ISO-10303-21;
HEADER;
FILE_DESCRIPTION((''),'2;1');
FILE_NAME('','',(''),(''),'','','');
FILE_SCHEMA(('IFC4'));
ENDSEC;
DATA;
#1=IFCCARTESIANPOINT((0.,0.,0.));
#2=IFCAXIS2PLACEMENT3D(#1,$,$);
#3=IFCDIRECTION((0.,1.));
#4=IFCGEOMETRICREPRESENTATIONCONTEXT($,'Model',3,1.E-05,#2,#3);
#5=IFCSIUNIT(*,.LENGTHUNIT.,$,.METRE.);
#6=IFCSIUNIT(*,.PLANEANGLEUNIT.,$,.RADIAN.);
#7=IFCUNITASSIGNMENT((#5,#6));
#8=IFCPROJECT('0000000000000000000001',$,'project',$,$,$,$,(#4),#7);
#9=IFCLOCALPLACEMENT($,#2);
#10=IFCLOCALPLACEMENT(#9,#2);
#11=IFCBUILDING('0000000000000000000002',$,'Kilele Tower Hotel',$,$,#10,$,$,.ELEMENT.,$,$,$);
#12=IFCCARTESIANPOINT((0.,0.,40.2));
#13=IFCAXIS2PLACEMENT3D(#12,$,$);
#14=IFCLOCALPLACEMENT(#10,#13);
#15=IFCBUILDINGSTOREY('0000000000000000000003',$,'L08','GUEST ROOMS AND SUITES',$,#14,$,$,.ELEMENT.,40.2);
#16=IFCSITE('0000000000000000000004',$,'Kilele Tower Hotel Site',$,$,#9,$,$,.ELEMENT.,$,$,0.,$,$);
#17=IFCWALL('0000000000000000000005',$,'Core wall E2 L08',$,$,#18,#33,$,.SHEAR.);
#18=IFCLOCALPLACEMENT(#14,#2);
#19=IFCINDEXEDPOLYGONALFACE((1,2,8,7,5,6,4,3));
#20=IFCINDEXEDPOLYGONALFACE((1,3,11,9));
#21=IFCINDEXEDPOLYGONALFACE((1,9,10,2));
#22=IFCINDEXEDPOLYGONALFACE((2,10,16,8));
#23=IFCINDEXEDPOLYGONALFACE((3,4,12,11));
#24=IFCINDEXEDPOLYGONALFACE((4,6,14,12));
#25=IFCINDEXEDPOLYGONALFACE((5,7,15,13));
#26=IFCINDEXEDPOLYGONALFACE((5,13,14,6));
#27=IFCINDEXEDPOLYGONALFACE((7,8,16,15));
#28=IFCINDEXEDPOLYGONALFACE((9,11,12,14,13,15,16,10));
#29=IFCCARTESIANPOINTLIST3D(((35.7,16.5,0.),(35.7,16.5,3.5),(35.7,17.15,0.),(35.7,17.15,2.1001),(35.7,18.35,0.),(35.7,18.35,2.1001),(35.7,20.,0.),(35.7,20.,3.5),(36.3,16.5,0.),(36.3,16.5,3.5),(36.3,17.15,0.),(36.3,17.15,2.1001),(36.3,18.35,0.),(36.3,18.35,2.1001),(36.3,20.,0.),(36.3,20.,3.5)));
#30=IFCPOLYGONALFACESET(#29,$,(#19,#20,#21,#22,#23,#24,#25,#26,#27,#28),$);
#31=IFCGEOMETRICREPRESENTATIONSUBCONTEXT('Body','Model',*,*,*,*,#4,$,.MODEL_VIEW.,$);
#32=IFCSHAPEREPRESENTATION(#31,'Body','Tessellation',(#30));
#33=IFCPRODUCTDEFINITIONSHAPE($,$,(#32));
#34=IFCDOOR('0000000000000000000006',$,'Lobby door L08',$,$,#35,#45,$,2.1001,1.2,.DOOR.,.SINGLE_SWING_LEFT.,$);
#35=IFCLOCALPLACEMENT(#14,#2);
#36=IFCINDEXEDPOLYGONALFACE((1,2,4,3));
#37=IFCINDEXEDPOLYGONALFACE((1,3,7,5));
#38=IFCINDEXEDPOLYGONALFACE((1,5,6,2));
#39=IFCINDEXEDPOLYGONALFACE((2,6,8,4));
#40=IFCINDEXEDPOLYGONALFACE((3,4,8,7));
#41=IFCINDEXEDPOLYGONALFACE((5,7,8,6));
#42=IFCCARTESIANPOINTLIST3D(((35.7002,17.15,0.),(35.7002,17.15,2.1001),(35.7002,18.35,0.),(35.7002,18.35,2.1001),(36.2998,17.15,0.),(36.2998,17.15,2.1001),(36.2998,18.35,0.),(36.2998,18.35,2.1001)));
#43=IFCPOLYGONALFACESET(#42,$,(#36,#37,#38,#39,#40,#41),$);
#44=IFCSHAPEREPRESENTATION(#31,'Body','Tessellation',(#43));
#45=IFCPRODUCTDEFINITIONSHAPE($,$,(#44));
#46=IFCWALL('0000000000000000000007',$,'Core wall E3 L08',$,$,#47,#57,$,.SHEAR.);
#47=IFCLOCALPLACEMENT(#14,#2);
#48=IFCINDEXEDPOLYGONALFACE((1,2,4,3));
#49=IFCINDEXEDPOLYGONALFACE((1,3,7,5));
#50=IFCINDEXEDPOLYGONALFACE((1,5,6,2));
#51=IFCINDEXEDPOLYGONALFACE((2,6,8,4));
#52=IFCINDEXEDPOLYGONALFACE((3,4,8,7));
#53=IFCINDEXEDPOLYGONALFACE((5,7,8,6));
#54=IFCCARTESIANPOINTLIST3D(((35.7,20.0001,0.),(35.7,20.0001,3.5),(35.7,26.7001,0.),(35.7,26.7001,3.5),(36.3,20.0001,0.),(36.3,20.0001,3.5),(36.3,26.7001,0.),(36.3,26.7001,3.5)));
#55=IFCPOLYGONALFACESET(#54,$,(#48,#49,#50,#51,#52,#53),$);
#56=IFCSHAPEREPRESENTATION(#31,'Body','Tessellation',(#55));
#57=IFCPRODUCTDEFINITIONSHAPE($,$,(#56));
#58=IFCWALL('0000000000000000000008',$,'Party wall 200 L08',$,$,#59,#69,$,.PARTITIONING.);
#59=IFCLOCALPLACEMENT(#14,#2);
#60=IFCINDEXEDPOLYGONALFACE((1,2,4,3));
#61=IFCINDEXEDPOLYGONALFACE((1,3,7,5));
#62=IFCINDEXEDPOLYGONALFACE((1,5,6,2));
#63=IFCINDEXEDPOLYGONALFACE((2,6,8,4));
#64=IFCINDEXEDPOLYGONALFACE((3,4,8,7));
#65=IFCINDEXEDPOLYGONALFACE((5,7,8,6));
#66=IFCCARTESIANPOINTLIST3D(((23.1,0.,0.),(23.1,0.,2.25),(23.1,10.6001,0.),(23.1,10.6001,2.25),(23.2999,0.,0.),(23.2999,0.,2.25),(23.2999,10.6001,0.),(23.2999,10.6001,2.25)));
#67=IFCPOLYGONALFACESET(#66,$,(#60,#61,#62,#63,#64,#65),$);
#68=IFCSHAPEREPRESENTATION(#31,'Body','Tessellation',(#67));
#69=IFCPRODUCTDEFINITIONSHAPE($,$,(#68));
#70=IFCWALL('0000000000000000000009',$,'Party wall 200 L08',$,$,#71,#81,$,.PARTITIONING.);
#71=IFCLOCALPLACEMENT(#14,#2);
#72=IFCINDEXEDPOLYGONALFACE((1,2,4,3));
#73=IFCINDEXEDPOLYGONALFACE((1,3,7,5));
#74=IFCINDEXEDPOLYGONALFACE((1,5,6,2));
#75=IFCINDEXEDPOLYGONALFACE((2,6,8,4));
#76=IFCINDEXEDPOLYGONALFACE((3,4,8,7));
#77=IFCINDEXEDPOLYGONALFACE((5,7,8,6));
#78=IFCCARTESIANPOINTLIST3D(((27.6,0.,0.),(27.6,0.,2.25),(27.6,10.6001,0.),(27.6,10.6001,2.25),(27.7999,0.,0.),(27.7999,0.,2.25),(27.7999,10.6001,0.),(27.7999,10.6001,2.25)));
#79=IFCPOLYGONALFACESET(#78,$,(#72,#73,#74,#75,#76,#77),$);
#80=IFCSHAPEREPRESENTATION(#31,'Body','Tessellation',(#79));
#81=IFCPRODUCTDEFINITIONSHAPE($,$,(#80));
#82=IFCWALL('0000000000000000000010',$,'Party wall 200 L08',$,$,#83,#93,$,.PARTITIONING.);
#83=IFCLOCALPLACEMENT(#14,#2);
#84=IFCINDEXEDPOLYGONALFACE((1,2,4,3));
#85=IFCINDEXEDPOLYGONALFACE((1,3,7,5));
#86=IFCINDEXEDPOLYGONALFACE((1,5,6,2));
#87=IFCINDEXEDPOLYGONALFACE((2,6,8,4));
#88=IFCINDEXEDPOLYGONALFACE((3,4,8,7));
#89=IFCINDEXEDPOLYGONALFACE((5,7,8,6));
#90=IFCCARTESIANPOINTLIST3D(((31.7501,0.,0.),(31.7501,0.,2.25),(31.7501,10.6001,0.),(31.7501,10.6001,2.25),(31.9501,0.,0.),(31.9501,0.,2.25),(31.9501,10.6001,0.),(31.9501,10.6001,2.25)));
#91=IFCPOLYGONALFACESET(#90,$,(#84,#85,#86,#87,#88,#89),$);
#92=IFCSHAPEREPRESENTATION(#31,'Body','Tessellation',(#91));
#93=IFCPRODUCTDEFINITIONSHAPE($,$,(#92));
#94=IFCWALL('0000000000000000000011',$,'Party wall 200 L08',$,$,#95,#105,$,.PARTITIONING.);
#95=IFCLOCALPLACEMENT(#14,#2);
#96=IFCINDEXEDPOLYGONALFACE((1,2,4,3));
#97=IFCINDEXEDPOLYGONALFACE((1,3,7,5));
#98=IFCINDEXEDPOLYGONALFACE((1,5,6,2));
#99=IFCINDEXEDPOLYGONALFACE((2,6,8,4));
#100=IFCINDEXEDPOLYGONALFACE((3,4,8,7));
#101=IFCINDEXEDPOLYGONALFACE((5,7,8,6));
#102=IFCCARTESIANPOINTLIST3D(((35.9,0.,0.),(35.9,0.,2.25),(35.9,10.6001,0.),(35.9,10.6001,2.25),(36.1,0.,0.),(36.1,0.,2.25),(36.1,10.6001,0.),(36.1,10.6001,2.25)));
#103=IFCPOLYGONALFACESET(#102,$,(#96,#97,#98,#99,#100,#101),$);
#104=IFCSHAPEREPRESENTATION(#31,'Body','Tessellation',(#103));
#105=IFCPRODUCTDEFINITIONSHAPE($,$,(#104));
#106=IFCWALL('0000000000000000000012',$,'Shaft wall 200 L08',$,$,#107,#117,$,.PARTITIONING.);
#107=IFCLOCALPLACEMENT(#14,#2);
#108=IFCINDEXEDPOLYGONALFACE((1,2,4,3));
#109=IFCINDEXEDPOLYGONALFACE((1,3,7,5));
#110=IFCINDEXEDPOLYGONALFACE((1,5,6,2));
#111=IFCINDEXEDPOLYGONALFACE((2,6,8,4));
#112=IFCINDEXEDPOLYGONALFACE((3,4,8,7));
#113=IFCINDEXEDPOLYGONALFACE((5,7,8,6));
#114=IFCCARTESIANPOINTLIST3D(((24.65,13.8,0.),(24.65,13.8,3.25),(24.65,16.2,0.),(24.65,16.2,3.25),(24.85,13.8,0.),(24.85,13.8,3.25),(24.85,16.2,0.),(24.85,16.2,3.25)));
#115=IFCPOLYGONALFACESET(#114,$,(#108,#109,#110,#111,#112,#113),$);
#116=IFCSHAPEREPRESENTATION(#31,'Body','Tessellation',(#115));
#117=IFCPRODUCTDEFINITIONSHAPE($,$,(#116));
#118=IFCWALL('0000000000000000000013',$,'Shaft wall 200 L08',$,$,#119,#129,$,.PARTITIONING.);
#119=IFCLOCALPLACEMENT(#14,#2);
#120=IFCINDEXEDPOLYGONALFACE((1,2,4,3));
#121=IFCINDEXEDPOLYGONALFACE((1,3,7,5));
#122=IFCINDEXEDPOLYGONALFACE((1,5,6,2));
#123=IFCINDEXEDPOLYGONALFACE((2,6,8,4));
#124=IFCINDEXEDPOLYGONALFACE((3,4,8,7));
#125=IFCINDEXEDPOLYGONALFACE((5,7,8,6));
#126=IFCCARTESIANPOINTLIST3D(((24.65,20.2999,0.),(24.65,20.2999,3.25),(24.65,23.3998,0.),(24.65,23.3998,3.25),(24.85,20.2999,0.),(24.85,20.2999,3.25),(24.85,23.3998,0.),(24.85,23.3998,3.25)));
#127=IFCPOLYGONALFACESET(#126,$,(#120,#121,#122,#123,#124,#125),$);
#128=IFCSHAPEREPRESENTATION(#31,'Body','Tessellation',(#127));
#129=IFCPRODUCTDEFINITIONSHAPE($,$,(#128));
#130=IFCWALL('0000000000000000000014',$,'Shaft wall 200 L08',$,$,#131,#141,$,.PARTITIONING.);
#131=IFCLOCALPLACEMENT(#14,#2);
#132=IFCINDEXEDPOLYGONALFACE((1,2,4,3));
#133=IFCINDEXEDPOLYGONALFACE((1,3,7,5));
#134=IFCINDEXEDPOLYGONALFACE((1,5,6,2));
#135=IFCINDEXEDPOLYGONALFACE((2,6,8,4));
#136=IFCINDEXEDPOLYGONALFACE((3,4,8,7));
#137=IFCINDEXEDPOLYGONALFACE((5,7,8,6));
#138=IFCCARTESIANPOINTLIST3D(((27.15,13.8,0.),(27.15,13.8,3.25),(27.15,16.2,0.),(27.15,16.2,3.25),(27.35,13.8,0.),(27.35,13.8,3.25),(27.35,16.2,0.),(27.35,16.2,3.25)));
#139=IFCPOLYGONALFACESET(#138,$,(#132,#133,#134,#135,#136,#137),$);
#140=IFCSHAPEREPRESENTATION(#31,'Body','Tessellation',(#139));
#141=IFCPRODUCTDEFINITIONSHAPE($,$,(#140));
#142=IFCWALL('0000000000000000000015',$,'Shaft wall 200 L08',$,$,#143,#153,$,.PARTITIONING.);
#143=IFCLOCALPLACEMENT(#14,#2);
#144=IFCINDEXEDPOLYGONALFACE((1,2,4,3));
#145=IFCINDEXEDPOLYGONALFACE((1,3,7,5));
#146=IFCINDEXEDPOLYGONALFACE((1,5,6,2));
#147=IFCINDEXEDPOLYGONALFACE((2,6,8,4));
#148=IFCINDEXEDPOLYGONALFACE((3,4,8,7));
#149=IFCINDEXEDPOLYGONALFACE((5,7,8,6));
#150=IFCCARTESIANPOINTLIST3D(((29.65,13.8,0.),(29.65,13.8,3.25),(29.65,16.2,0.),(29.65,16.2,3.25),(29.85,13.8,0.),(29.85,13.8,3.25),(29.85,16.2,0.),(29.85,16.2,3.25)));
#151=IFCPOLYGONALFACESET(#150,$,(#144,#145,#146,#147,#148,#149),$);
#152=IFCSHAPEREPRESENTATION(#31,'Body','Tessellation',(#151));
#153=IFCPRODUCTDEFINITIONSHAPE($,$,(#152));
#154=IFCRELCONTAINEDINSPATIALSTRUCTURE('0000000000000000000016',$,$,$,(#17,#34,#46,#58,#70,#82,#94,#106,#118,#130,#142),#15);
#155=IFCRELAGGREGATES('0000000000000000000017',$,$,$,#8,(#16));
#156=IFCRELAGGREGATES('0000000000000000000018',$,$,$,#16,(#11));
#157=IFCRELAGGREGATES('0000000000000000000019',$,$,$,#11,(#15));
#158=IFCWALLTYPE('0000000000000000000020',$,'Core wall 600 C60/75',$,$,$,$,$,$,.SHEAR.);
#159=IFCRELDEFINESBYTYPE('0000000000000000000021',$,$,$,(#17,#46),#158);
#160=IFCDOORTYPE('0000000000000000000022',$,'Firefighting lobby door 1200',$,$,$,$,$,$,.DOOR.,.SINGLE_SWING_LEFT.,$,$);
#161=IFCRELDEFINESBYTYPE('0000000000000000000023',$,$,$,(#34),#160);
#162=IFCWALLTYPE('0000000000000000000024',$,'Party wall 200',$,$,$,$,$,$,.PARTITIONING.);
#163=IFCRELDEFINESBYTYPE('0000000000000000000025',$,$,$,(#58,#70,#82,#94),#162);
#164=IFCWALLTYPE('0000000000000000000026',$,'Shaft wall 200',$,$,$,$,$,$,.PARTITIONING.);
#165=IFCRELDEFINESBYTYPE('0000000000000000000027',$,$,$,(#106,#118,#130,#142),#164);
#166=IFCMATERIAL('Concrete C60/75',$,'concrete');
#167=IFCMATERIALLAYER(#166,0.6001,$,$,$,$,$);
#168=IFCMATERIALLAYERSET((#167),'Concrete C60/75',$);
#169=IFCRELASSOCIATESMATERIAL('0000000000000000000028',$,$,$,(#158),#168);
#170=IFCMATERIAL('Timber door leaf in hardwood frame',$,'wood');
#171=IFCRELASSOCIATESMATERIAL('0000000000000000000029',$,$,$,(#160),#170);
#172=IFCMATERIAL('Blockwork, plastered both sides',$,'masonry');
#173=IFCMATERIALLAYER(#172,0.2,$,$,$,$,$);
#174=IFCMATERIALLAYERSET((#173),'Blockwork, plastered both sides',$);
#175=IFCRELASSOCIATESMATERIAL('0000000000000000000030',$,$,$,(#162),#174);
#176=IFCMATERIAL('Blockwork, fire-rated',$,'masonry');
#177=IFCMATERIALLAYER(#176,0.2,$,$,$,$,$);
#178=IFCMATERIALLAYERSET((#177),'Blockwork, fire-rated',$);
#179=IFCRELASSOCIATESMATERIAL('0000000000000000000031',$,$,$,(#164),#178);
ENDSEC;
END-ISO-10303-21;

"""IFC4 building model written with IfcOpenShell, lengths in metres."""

from ifc_helpers import new_model, si_unit, direction, frame, frame_2d, origin, place, context, subcontext, project, spatial, rectangle, extrude, material, layer, layer_set, type_object, element, fill, save


model = new_model("IFC4")

# Units and contexts
model_context = context("Model", 3, precision=1e-05, world=origin(), true_north=direction((0.0, 1.0)))
body_context = subcontext(model_context, "Body", "Model", "MODEL_VIEW")
ifc_project = project(units=[si_unit("LENGTHUNIT", "METRE"), si_unit("PLANEANGLEUNIT", "RADIAN")], contexts=[model_context])

# Site, building, storey
site_placement = place(None, origin())
site = spatial("IfcSite", under=ifc_project, at=site_placement, Name="Kilele Tower Hotel Site", CompositionType="ELEMENT", RefElevation=0.0)
building_placement = place(site_placement, origin())
building = spatial("IfcBuilding", under=site, at=building_placement, Name="Kilele Tower Hotel", CompositionType="ELEMENT")
storey_placement = place(building_placement, frame((0.0, 0.0, 40.2)))
storey = spatial("IfcBuildingStorey", under=building, at=storey_placement, Name="L08", Description="GUEST ROOMS AND SUITES", CompositionType="ELEMENT", Elevation=40.2)

# Shared definitions
ifc_material_1 = material(Name="Concrete C60/75", Category="concrete")
ifc_layer_1 = layer(ifc_material_1, 0.6001)
ifc_layer_set_1 = layer_set([ifc_layer_1], Name="Concrete C60/75")
wall_type_1 = type_object("IfcWallType", Name="Core wall 600 C60/75", PredefinedType="SHEAR", material=ifc_layer_set_1)
ifc_material_2 = material(Name="Timber door leaf in hardwood frame", Category="wood")
door_type_1 = type_object("IfcDoorType", Name="Firefighting lobby door 1200", OperationType="SINGLE_SWING_LEFT", PredefinedType="DOOR", material=ifc_material_2)

# Wall, opening, door
wall_1_placement = place(storey_placement, frame((36.0, 16.5, 0.0), z_axis=(0.0, 0.0, 1.0), x_axis=(0.0, 1.0, 0.0)))
wall_1 = element("IfcWall", 1, at=wall_1_placement, inside=storey, type_object=wall_type_1, Name="Core wall E2 L08", PredefinedType="SHEAR", context=body_context, shape_type="SweptSolid", body=[
    extrude(rectangle(XDim=3.5, YDim=0.6001, at=frame_2d((1.75, 0.0))), origin(), (0.0, 0.0, 1.0), 3.5),
])
opening_1_placement = place(wall_1_placement, frame((0.6499, 0.0, 0.0)))
opening_1 = element("IfcOpeningElement", 2, at=opening_1_placement, cuts=wall_1, PredefinedType="OPENING", context=body_context, shape_type="SweptSolid", body=[
    extrude(rectangle(XDim=1.2, YDim=2.1001, at=frame_2d((0.6001, 1.05))), frame((0.0, 0.3101, 0.0), z_axis=(0.0, -1.0, 0.0), x_axis=(1.0, 0.0, 0.0)), (0.0, 0.0, 1.0), 0.6201),
])
door_1_placement = place(opening_1_placement, origin())
door_1 = element("IfcDoor", 3, at=door_1_placement, inside=storey, type_object=door_type_1, Name="Lobby door L08", OperationType="SINGLE_SWING_LEFT", OverallHeight=2.1001, OverallWidth=1.2, PredefinedType="DOOR", context=body_context, shape_type="SweptSolid", body=[
    extrude(rectangle(XDim=1.2, YDim=2.1001, at=frame_2d((0.6001, 1.05))), frame((0.0, 0.2998, 0.0), z_axis=(0.0, -1.0, 0.0), x_axis=(1.0, 0.0, 0.0)), (0.0, 0.0, 1.0), 0.5996),
])
fill(opening_1, door_1)

# Walls
wall_2_placement = place(storey_placement, frame((36.0, 20.0, 0.0), z_axis=(0.0, 0.0, 1.0), x_axis=(0.0, 1.0, 0.0)))
element("IfcWall", 4, at=wall_2_placement, inside=storey, type_object=wall_type_1, Name="Core wall E3 L08", PredefinedType="SHEAR", context=body_context, shape_type="SweptSolid", body=[
    extrude(rectangle(XDim=6.7, YDim=0.6001, at=frame_2d((3.3501, 0.0))), origin(), (0.0, 0.0, 1.0), 3.5),
])
ifc_material_3 = material(Name="Blockwork, plastered both sides", Category="masonry")
ifc_layer_2 = layer(ifc_material_3, 0.2)
ifc_layer_set_2 = layer_set([ifc_layer_2], Name="Blockwork, plastered both sides")
wall_type_2 = type_object("IfcWallType", Name="Party wall 200", PredefinedType="PARTITIONING", material=ifc_layer_set_2)
for number, where, z_axis, x_axis, name in (
    (5, (23.2, 10.6001, 0.0), (0.0, 0.0, 1.0), (0.0, -1.0, 0.0), "Party wall 200 L08"),
    (6, (27.7, 10.6001, 0.0), (0.0, 0.0, 1.0), (0.0, -1.0, 0.0), "Party wall 200 L08"),
    (7, (31.8501, 10.6001, 0.0), (0.0, 0.0, 1.0), (0.0, -1.0, 0.0), "Party wall 200 L08"),
    (8, (36.0, 10.6001, 0.0), (0.0, 0.0, 1.0), (0.0, -1.0, 0.0), "Party wall 200 L08"),
):
    element("IfcWall", number, at=place(storey_placement, frame(where, z_axis=z_axis, x_axis=x_axis)), inside=storey, type_object=wall_type_2, Name=name, PredefinedType="PARTITIONING", context=body_context, shape_type="SweptSolid", body=[
        extrude(rectangle(XDim=10.6001, YDim=0.2, at=frame_2d((5.3, 0.0))), origin(), (0.0, 0.0, 1.0), 2.25),
    ])
ifc_material_4 = material(Name="Blockwork, fire-rated", Category="masonry")
ifc_layer_3 = layer(ifc_material_4, 0.2)
ifc_layer_set_3 = layer_set([ifc_layer_3], Name="Blockwork, fire-rated")
wall_type_3 = type_object("IfcWallType", Name="Shaft wall 200", PredefinedType="PARTITIONING", material=ifc_layer_set_3)
wall_3_placement = place(storey_placement, frame((24.75, 13.8, 0.0), z_axis=(0.0, 0.0, 1.0), x_axis=(0.0, 1.0, 0.0)))
element("IfcWall", 9, at=wall_3_placement, inside=storey, type_object=wall_type_3, Name="Shaft wall 200 L08", PredefinedType="PARTITIONING", context=body_context, shape_type="SweptSolid", body=[
    extrude(rectangle(XDim=2.3999, YDim=0.2, at=frame_2d((1.2, 0.0))), origin(), (0.0, 0.0, 1.0), 3.25),
])
wall_4_placement = place(storey_placement, frame((24.75, 20.3, 0.0), z_axis=(0.0, 0.0, 1.0), x_axis=(0.0, 1.0, 0.0)))
element("IfcWall", 10, at=wall_4_placement, inside=storey, type_object=wall_type_3, Name="Shaft wall 200 L08", PredefinedType="PARTITIONING", context=body_context, shape_type="SweptSolid", body=[
    extrude(rectangle(XDim=3.0999, YDim=0.2, at=frame_2d((1.5498, 0.0))), origin(), (0.0, 0.0, 1.0), 3.25),
])
for number, where, z_axis, x_axis, name in (
    (11, (27.25, 13.8, 0.0), (0.0, 0.0, 1.0), (0.0, 1.0, 0.0), "Shaft wall 200 L08"),
    (12, (29.75, 13.8, 0.0), (0.0, 0.0, 1.0), (0.0, 1.0, 0.0), "Shaft wall 200 L08"),
):
    element("IfcWall", number, at=place(storey_placement, frame(where, z_axis=z_axis, x_axis=x_axis)), inside=storey, type_object=wall_type_3, Name=name, PredefinedType="PARTITIONING", context=body_context, shape_type="SweptSolid", body=[
        extrude(rectangle(XDim=2.3999, YDim=0.2, at=frame_2d((1.2, 0.0))), origin(), (0.0, 0.0, 1.0), 3.25),
    ])

save(model, "model.ifc")
